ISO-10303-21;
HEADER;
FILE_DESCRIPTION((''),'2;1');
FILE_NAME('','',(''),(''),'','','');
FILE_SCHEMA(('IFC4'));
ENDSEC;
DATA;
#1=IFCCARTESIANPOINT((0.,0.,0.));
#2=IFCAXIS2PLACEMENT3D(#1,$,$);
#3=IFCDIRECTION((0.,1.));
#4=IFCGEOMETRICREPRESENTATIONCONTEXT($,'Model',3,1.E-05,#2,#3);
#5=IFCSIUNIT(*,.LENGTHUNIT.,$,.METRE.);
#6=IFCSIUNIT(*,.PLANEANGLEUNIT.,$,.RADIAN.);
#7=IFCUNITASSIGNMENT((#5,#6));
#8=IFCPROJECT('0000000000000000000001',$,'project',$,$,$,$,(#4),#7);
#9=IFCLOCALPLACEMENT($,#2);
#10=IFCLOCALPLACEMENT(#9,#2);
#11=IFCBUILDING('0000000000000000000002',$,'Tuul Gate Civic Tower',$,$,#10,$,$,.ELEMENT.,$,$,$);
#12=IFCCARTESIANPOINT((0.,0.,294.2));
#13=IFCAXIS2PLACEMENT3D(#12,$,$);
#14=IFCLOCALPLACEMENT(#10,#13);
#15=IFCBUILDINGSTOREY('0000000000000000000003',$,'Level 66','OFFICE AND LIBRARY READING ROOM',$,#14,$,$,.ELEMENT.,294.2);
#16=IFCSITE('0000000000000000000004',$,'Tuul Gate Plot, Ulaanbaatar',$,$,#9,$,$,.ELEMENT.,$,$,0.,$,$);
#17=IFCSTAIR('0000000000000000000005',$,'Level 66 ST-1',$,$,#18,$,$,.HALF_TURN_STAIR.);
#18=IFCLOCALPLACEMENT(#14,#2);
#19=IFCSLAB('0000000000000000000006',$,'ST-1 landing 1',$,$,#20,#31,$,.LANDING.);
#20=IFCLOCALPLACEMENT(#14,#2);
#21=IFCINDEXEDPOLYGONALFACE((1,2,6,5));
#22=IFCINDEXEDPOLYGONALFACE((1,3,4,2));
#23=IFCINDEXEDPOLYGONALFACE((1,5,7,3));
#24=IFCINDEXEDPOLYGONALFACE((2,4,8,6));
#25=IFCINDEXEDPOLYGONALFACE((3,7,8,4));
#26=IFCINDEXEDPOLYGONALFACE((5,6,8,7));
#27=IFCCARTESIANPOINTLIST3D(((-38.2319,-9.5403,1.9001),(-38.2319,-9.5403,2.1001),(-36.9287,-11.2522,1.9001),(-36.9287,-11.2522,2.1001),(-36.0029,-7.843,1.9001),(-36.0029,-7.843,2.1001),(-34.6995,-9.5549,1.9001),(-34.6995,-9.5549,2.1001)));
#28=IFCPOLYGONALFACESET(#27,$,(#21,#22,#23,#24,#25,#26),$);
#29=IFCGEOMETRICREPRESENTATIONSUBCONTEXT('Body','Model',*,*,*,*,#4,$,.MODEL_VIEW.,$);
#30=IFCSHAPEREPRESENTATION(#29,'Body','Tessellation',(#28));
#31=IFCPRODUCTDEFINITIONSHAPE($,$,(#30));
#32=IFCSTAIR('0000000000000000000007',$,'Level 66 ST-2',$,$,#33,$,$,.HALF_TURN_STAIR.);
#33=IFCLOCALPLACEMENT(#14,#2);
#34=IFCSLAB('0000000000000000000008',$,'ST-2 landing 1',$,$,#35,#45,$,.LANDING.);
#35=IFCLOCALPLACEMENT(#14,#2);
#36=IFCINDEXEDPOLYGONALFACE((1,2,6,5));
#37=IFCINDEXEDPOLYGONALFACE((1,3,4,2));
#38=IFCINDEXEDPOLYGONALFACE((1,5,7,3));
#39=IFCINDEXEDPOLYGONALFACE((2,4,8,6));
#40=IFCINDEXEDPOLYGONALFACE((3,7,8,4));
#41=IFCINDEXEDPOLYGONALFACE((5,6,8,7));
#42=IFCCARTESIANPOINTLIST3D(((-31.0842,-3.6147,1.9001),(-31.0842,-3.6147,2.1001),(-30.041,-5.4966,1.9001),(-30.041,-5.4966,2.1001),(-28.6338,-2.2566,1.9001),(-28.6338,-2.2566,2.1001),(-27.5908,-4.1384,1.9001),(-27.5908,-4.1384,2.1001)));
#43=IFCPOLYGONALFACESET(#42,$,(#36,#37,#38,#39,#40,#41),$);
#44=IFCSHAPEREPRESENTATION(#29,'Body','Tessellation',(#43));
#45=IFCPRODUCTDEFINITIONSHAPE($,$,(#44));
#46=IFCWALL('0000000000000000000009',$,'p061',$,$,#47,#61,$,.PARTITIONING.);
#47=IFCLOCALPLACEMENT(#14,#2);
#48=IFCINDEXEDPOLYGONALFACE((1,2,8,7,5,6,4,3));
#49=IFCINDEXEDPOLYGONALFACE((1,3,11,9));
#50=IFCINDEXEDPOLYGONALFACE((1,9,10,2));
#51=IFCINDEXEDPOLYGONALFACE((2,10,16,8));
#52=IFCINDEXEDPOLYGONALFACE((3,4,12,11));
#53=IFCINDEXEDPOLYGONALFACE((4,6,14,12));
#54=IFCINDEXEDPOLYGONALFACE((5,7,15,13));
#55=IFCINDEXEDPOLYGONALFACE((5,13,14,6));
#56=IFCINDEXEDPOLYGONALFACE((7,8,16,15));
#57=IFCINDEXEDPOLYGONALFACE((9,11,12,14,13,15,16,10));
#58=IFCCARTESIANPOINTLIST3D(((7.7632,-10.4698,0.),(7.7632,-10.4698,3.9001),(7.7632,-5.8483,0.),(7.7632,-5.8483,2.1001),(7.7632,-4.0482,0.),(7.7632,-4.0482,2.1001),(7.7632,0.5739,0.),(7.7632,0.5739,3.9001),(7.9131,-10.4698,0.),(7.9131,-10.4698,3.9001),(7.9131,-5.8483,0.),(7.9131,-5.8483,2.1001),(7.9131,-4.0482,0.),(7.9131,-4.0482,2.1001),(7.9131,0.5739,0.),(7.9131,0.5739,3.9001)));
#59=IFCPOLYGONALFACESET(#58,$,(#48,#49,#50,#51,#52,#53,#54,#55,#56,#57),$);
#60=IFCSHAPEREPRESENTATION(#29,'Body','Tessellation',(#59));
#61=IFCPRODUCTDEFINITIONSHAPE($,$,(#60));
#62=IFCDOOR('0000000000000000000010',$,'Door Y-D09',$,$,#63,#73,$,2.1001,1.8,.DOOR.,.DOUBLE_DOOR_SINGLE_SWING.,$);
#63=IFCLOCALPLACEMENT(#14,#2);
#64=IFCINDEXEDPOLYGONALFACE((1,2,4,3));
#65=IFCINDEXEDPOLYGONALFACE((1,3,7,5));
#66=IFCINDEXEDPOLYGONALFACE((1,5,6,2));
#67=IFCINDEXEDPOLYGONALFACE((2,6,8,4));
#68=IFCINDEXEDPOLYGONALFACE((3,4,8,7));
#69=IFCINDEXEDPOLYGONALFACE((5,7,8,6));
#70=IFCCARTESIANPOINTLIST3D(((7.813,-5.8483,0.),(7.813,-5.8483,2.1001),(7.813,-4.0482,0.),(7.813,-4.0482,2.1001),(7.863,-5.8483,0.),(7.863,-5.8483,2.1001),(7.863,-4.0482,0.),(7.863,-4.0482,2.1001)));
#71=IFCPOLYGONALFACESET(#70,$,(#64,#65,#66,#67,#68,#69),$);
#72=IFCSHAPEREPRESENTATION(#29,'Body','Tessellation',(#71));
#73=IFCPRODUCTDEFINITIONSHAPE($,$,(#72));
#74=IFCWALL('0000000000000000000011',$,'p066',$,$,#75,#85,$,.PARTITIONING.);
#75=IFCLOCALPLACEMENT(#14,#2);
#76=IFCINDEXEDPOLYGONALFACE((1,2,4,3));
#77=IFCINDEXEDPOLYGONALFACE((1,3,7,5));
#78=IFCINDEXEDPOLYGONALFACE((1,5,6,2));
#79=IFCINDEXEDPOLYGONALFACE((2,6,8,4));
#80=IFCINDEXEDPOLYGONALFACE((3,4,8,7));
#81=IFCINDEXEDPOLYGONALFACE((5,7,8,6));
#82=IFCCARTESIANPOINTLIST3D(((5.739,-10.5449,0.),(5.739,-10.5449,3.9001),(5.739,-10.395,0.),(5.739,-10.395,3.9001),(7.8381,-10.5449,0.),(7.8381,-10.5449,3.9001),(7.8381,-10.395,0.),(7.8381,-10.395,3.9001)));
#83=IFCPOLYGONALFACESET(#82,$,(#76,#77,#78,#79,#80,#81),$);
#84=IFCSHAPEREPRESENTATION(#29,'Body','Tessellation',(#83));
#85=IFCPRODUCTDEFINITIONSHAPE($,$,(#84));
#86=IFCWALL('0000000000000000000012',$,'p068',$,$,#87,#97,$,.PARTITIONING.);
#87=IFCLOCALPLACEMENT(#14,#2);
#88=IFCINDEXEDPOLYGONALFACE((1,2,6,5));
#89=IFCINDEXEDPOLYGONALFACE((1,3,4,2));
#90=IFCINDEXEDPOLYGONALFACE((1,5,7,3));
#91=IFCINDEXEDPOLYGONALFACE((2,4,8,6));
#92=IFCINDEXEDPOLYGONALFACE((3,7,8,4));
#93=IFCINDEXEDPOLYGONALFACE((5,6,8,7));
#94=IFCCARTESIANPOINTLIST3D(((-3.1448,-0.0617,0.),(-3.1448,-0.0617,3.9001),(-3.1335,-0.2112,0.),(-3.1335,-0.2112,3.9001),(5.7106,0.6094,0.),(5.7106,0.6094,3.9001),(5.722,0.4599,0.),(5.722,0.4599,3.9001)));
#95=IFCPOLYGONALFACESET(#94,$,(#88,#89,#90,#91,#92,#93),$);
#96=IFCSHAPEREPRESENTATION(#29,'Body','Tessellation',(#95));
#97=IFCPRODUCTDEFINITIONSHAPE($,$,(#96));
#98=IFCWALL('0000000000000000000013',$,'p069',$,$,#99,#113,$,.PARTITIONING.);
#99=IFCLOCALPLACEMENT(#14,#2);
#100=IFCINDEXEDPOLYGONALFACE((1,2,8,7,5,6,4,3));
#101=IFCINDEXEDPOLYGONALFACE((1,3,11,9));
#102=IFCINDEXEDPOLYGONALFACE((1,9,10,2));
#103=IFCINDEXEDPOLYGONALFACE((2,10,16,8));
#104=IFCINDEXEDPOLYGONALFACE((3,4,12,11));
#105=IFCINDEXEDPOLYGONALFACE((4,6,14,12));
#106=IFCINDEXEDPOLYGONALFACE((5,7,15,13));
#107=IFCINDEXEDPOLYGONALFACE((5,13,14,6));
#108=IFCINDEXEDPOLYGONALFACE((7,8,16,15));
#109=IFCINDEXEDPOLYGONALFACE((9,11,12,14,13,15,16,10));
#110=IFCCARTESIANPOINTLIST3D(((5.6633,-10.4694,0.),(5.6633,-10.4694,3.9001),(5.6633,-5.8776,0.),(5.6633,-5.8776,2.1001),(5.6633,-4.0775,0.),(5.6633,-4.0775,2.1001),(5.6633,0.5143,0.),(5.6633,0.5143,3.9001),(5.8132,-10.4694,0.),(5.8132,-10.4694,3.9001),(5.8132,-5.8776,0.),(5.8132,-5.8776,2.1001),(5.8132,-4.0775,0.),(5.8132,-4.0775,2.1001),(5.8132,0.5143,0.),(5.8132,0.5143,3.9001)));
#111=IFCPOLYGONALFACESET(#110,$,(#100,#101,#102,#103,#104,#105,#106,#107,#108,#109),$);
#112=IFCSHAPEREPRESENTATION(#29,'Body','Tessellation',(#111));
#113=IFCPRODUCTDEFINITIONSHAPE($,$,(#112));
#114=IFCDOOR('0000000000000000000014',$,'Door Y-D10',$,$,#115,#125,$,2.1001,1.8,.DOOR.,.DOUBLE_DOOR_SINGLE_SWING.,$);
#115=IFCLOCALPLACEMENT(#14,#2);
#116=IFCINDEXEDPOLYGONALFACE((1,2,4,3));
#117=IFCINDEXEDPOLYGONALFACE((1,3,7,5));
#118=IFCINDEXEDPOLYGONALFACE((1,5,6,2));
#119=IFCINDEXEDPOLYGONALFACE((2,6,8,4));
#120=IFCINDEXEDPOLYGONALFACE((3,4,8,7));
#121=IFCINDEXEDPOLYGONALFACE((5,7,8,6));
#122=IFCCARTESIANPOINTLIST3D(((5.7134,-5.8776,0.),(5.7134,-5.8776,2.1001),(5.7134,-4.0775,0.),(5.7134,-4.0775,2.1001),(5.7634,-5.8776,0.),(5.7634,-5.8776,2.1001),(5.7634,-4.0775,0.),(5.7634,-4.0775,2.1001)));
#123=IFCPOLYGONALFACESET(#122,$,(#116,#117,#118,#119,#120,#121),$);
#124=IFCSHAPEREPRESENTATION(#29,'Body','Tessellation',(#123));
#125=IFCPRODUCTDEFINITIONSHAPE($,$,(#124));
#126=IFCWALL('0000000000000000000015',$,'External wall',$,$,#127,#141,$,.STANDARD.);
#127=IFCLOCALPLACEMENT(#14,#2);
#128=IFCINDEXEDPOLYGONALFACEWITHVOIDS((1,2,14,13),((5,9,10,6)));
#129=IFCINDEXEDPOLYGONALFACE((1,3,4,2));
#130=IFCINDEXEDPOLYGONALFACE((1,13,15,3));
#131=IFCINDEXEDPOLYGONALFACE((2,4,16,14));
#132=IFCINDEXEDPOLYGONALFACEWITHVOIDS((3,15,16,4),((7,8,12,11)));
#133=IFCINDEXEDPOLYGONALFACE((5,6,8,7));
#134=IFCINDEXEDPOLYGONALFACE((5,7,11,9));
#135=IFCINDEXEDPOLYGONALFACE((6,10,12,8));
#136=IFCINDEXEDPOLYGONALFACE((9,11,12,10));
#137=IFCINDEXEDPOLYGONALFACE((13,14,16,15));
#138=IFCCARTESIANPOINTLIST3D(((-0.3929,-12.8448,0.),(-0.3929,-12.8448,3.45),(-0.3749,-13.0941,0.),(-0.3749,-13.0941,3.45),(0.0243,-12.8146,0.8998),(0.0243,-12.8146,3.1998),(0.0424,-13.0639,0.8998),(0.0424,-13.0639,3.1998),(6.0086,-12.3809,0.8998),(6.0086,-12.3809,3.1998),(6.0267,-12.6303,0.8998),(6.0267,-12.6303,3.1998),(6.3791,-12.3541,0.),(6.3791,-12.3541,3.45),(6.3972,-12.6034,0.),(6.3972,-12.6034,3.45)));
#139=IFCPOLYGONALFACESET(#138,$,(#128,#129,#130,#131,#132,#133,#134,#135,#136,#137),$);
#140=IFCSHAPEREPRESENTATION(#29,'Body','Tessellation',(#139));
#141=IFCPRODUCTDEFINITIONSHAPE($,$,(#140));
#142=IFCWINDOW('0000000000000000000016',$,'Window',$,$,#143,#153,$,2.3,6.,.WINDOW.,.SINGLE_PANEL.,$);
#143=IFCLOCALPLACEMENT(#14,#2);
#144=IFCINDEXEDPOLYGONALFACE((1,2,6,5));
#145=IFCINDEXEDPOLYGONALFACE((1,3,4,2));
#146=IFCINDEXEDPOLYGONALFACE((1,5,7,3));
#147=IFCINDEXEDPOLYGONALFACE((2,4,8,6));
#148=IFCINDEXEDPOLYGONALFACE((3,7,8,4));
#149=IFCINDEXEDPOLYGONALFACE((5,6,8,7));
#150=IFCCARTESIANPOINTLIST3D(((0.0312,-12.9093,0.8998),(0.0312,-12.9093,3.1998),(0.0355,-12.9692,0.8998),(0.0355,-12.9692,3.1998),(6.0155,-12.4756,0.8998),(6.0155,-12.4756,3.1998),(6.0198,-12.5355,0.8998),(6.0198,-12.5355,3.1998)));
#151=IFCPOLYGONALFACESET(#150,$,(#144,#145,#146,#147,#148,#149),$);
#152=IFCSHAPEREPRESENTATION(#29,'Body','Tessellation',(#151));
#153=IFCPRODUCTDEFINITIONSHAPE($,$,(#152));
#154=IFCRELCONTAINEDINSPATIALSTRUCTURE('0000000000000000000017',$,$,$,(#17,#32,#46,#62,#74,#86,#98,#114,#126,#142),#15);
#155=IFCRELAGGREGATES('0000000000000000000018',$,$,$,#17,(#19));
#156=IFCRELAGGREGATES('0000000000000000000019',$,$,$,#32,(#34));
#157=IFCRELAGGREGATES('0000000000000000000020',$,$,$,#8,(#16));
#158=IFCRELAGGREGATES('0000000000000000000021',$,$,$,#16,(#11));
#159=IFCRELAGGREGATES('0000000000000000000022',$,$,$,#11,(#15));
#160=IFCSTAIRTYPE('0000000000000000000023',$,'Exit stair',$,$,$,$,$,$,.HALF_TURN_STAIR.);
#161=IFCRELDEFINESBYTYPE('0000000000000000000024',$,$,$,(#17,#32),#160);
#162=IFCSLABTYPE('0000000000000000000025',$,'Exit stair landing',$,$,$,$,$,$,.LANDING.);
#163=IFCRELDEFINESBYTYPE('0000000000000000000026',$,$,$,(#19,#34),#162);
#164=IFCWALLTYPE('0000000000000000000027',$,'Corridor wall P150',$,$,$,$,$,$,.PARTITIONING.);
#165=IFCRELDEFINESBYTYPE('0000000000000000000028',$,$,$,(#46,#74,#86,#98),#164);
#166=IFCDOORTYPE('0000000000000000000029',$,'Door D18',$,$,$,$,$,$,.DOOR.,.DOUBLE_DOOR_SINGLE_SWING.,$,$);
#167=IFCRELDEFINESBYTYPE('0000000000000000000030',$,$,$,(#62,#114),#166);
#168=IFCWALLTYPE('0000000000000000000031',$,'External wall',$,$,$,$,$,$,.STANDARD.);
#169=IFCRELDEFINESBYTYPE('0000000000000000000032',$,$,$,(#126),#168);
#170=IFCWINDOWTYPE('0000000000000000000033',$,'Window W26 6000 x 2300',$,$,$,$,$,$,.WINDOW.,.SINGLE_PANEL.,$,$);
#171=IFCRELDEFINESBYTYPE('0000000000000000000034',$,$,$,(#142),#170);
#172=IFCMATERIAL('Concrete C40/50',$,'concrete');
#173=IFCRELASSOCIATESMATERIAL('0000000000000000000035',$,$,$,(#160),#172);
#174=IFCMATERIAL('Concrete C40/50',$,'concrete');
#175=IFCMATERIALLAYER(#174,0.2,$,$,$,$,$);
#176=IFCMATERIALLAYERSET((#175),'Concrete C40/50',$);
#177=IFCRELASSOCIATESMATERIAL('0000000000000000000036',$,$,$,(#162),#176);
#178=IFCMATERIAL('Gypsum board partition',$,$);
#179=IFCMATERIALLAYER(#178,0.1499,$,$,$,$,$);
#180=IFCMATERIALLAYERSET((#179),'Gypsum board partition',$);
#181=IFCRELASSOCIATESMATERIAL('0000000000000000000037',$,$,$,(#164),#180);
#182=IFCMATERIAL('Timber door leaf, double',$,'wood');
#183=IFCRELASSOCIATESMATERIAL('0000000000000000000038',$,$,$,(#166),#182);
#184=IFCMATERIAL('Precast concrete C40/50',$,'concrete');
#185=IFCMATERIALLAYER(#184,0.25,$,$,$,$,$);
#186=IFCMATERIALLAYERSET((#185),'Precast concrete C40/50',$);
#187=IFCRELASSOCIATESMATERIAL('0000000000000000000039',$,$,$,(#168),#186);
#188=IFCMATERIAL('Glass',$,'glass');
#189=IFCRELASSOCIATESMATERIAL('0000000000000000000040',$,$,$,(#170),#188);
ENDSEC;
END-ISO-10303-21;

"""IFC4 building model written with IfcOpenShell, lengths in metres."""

from ifc_helpers import new_model, si_unit, direction, frame, frame_2d, origin, place, context, subcontext, project, spatial, polyline, rectangle, outline, extrude, material, layer, layer_set, type_object, element, fill, aggregate, save


model = new_model("IFC4")

# Units and contexts
model_context = context("Model", 3, precision=1e-05, world=origin(), true_north=direction((0.0, 1.0)))
body_context = subcontext(model_context, "Body", "Model", "MODEL_VIEW")
ifc_project = project(units=[si_unit("LENGTHUNIT", "METRE"), si_unit("PLANEANGLEUNIT", "RADIAN")], contexts=[model_context])

# Site, building, storey
site_placement = place(None, origin())
site = spatial("IfcSite", under=ifc_project, at=site_placement, Name="Tuul Gate Plot, Ulaanbaatar", CompositionType="ELEMENT", RefElevation=0.0)
building_placement = place(site_placement, origin())
building = spatial("IfcBuilding", under=site, at=building_placement, Name="Tuul Gate Civic Tower", CompositionType="ELEMENT")
storey_placement = place(building_placement, frame((0.0, 0.0, 294.2)))
storey = spatial("IfcBuildingStorey", under=building, at=storey_placement, Name="Level 66", Description="OFFICE AND LIBRARY READING ROOM", CompositionType="ELEMENT", Elevation=294.2)

# Stairs, slabs
ifc_material_1 = material(Name="Concrete C40/50", Category="concrete")
stair_type = type_object("IfcStairType", Name="Exit stair", PredefinedType="HALF_TURN_STAIR", material=ifc_material_1)
stair_1_placement = place(storey_placement, origin())
stair_1 = element("IfcStair", 1, at=stair_1_placement, inside=storey, type_object=stair_type, Name="Level 66 ST-1", PredefinedType="HALF_TURN_STAIR")
ifc_material_2 = material(Name="Concrete C40/50", Category="concrete")
ifc_layer_1 = layer(ifc_material_2, 0.2)
ifc_layer_set_1 = layer_set([ifc_layer_1], Name="Concrete C40/50")
slab_type = type_object("IfcSlabType", Name="Exit stair landing", PredefinedType="LANDING", material=ifc_layer_set_1)
slab_1_placement = place(storey_placement, frame((0.0, 0.0, 1.9001)))
slab_1 = element("IfcSlab", 2, at=slab_1_placement, type_object=slab_type, Name="ST-1 landing 1", PredefinedType="LANDING", context=body_context, shape_type="SweptSolid", body=[
    extrude(outline(polyline([(-34.6995, -9.5549), (-36.9287, -11.2522), (-38.2319, -9.5403), (-36.0029, -7.843), (-34.6995, -9.5549)])), origin(), (0.0, 0.0, 1.0), 0.2),
])
aggregate(stair_1, [slab_1])
stair_2_placement = place(storey_placement, origin())
stair_2 = element("IfcStair", 3, at=stair_2_placement, inside=storey, type_object=stair_type, Name="Level 66 ST-2", PredefinedType="HALF_TURN_STAIR")
slab_2_placement = place(storey_placement, frame((0.0, 0.0, 1.9001)))
slab_2 = element("IfcSlab", 4, at=slab_2_placement, type_object=slab_type, Name="ST-2 landing 1", PredefinedType="LANDING", context=body_context, shape_type="SweptSolid", body=[
    extrude(outline(polyline([(-27.5908, -4.1384), (-30.041, -5.4966), (-31.0842, -3.6147), (-28.6338, -2.2566), (-27.5908, -4.1384)])), origin(), (0.0, 0.0, 1.0), 0.2),
])
aggregate(stair_2, [slab_2])

# Wall, opening, door
ifc_material_3 = material(Name="Gypsum board partition")
ifc_layer_2 = layer(ifc_material_3, 0.1499)
ifc_layer_set_2 = layer_set([ifc_layer_2], Name="Gypsum board partition")
wall_type_1 = type_object("IfcWallType", Name="Corridor wall P150", PredefinedType="PARTITIONING", material=ifc_layer_set_2)
wall_1_placement = place(storey_placement, frame((7.8381, -10.47, 0.0), z_axis=(0.0, 0.0, 1.0), x_axis=(0.0, 1.0, 0.0)))
wall_1 = element("IfcWall", 5, at=wall_1_placement, inside=storey, type_object=wall_type_1, Name="p061", PredefinedType="PARTITIONING", context=body_context, shape_type="SweptSolid", body=[
    extrude(rectangle(XDim=11.0437, YDim=0.1499, at=frame_2d((5.522, 0.0))), origin(), (0.0, 0.0, 1.0), 3.9001),
])
opening_1_placement = place(wall_1_placement, frame((4.6218, 0.0, 0.0)))
opening_1 = element("IfcOpeningElement", 6, at=opening_1_placement, cuts=wall_1, PredefinedType="OPENING", context=body_context, shape_type="SweptSolid", body=[
    extrude(rectangle(XDim=1.8, YDim=2.1001, at=frame_2d((0.8999, 1.05))), frame((0.0, 0.085, 0.0), z_axis=(0.0, -1.0, 0.0), x_axis=(1.0, 0.0, 0.0)), (0.0, 0.0, 1.0), 0.1699),
])
ifc_material_4 = material(Name="Timber door leaf, double", Category="wood")
door_type = type_object("IfcDoorType", Name="Door D18", OperationType="DOUBLE_DOOR_SINGLE_SWING", PredefinedType="DOOR", material=ifc_material_4)
door_1_placement = place(opening_1_placement, frame((1.8, 0.0, 0.0), z_axis=(0.0, 0.0, 1.0), x_axis=(-1.0, 0.0, 0.0)))
door_1 = element("IfcDoor", 7, at=door_1_placement, inside=storey, type_object=door_type, Name="Door Y-D09", OperationType="DOUBLE_DOOR_SINGLE_SWING", OverallHeight=2.1001, OverallWidth=1.8, PredefinedType="DOOR", context=body_context, shape_type="SweptSolid", body=[
    extrude(rectangle(XDim=1.8, YDim=2.1001, at=frame_2d((0.9001, 1.05))), frame((0.0, 0.0249, 0.0), z_axis=(0.0, -1.0, 0.0), x_axis=(1.0, 0.0, 0.0)), (0.0, 0.0, 1.0), 0.05),
])
fill(opening_1, door_1)

# Walls
wall_2_placement = place(storey_placement, frame((5.739, -10.47, 0.0), z_axis=(0.0, 0.0, 1.0), x_axis=(1.0, 0.0, 0.0)))
element("IfcWall", 8, at=wall_2_placement, inside=storey, type_object=wall_type_1, Name="p066", PredefinedType="PARTITIONING", context=body_context, shape_type="SweptSolid", body=[
    extrude(rectangle(XDim=2.0991, YDim=0.1499, at=frame_2d((1.0496, 0.0))), origin(), (0.0, 0.0, 1.0), 3.9001),
])
wall_3_placement = place(storey_placement, frame((-3.1392, -0.1365, 0.0), z_axis=(0.0, 0.0, 1.0), x_axis=(0.99714, 0.075572, 0.0)))
element("IfcWall", 9, at=wall_3_placement, inside=storey, type_object=wall_type_1, Name="p068", PredefinedType="PARTITIONING", context=body_context, shape_type="SweptSolid", body=[
    extrude(rectangle(XDim=8.8809, YDim=0.1499, at=frame_2d((4.4404, 0.0))), origin(), (0.0, 0.0, 1.0), 3.9001),
])

# Wall, opening, door
wall_4_placement = place(storey_placement, frame((5.7383, -10.4692, 0.0), z_axis=(0.0, 0.0, 1.0), x_axis=(0.0, 1.0, 0.0)))
wall_4 = element("IfcWall", 10, at=wall_4_placement, inside=storey, type_object=wall_type_1, Name="p069", PredefinedType="PARTITIONING", context=body_context, shape_type="SweptSolid", body=[
    extrude(rectangle(XDim=10.9836, YDim=0.1499, at=frame_2d((5.4917, 0.0))), origin(), (0.0, 0.0, 1.0), 3.9001),
])
opening_2_placement = place(wall_4_placement, frame((4.5918, 0.0, 0.0)))
opening_2 = element("IfcOpeningElement", 11, at=opening_2_placement, cuts=wall_4, PredefinedType="OPENING", context=body_context, shape_type="SweptSolid", body=[
    extrude(rectangle(XDim=1.8, YDim=2.1001, at=frame_2d((0.8999, 1.05))), frame((0.0, 0.085, 0.0), z_axis=(0.0, -1.0, 0.0), x_axis=(1.0, 0.0, 0.0)), (0.0, 0.0, 1.0), 0.1699),
])
door_2_placement = place(opening_2_placement, origin())
door_2 = element("IfcDoor", 12, at=door_2_placement, inside=storey, type_object=door_type, Name="Door Y-D10", OperationType="DOUBLE_DOOR_SINGLE_SWING", OverallHeight=2.1001, OverallWidth=1.8, PredefinedType="DOOR", context=body_context, shape_type="SweptSolid", body=[
    extrude(rectangle(XDim=1.8, YDim=2.1001, at=frame_2d((0.8999, 1.05))), frame((0.0, 0.0249, 0.0), z_axis=(0.0, -1.0, 0.0), x_axis=(1.0, 0.0, 0.0)), (0.0, 0.0, 1.0), 0.05),
])
fill(opening_2, door_2)

# Wall, opening, window
ifc_material_5 = material(Name="Precast concrete C40/50", Category="concrete")
ifc_layer_3 = layer(ifc_material_5, 0.25)
ifc_layer_set_3 = layer_set([ifc_layer_3], Name="Precast concrete C40/50")
wall_type_2 = type_object("IfcWallType", Name="External wall", PredefinedType="STANDARD", material=ifc_layer_set_3)
wall_5_placement = place(storey_placement, frame((-0.384, -12.9695, 0.0), z_axis=(0.0, 0.0, 1.0), x_axis=(0.997385, 0.072274, 0.0)))
wall_5 = element("IfcWall", 13, at=wall_5_placement, inside=storey, type_object=wall_type_2, Name="External wall", PredefinedType="STANDARD", context=body_context, shape_type="SweptSolid", body=[
    extrude(rectangle(XDim=6.7898, YDim=0.25, at=frame_2d((3.395, 0.0))), origin(), (0.0, 0.0, 1.0), 3.45),
])
opening_3_placement = place(wall_5_placement, frame((0.4185, 0.0, 0.8999)))
opening_3 = element("IfcOpeningElement", 14, at=opening_3_placement, cuts=wall_5, PredefinedType="OPENING", context=body_context, shape_type="SweptSolid", body=[
    extrude(rectangle(XDim=6.0, YDim=2.3, at=frame_2d((3.0, 1.1499))), frame((0.0, 0.135, 0.0), z_axis=(0.0, -1.0, 0.0), x_axis=(1.0, 0.0, 0.0)), (0.0, 0.0, 1.0), 0.27),
])
ifc_material_6 = material(Name="Glass", Category="glass")
window_type = type_object("IfcWindowType", Name="Window W26 6000 x 2300", PartitioningType="SINGLE_PANEL", PredefinedType="WINDOW", material=ifc_material_6)
window_1_placement = place(opening_3_placement, origin())
window_1 = element("IfcWindow", 15, at=window_1_placement, inside=storey, type_object=window_type, Name="Window", OverallHeight=2.3, OverallWidth=6.0, PartitioningType="SINGLE_PANEL", PredefinedType="WINDOW", context=body_context, shape_type="SweptSolid", body=[
    extrude(rectangle(XDim=6.0, YDim=2.3, at=frame_2d((3.0, 1.1499))), frame((0.0, 0.03, 0.0), z_axis=(0.0, -1.0, 0.0), x_axis=(1.0, 0.0, 0.0)), (0.0, 0.0, 1.0), 0.0601),
])
fill(opening_3, window_1)

save(model, "model.ifc")
